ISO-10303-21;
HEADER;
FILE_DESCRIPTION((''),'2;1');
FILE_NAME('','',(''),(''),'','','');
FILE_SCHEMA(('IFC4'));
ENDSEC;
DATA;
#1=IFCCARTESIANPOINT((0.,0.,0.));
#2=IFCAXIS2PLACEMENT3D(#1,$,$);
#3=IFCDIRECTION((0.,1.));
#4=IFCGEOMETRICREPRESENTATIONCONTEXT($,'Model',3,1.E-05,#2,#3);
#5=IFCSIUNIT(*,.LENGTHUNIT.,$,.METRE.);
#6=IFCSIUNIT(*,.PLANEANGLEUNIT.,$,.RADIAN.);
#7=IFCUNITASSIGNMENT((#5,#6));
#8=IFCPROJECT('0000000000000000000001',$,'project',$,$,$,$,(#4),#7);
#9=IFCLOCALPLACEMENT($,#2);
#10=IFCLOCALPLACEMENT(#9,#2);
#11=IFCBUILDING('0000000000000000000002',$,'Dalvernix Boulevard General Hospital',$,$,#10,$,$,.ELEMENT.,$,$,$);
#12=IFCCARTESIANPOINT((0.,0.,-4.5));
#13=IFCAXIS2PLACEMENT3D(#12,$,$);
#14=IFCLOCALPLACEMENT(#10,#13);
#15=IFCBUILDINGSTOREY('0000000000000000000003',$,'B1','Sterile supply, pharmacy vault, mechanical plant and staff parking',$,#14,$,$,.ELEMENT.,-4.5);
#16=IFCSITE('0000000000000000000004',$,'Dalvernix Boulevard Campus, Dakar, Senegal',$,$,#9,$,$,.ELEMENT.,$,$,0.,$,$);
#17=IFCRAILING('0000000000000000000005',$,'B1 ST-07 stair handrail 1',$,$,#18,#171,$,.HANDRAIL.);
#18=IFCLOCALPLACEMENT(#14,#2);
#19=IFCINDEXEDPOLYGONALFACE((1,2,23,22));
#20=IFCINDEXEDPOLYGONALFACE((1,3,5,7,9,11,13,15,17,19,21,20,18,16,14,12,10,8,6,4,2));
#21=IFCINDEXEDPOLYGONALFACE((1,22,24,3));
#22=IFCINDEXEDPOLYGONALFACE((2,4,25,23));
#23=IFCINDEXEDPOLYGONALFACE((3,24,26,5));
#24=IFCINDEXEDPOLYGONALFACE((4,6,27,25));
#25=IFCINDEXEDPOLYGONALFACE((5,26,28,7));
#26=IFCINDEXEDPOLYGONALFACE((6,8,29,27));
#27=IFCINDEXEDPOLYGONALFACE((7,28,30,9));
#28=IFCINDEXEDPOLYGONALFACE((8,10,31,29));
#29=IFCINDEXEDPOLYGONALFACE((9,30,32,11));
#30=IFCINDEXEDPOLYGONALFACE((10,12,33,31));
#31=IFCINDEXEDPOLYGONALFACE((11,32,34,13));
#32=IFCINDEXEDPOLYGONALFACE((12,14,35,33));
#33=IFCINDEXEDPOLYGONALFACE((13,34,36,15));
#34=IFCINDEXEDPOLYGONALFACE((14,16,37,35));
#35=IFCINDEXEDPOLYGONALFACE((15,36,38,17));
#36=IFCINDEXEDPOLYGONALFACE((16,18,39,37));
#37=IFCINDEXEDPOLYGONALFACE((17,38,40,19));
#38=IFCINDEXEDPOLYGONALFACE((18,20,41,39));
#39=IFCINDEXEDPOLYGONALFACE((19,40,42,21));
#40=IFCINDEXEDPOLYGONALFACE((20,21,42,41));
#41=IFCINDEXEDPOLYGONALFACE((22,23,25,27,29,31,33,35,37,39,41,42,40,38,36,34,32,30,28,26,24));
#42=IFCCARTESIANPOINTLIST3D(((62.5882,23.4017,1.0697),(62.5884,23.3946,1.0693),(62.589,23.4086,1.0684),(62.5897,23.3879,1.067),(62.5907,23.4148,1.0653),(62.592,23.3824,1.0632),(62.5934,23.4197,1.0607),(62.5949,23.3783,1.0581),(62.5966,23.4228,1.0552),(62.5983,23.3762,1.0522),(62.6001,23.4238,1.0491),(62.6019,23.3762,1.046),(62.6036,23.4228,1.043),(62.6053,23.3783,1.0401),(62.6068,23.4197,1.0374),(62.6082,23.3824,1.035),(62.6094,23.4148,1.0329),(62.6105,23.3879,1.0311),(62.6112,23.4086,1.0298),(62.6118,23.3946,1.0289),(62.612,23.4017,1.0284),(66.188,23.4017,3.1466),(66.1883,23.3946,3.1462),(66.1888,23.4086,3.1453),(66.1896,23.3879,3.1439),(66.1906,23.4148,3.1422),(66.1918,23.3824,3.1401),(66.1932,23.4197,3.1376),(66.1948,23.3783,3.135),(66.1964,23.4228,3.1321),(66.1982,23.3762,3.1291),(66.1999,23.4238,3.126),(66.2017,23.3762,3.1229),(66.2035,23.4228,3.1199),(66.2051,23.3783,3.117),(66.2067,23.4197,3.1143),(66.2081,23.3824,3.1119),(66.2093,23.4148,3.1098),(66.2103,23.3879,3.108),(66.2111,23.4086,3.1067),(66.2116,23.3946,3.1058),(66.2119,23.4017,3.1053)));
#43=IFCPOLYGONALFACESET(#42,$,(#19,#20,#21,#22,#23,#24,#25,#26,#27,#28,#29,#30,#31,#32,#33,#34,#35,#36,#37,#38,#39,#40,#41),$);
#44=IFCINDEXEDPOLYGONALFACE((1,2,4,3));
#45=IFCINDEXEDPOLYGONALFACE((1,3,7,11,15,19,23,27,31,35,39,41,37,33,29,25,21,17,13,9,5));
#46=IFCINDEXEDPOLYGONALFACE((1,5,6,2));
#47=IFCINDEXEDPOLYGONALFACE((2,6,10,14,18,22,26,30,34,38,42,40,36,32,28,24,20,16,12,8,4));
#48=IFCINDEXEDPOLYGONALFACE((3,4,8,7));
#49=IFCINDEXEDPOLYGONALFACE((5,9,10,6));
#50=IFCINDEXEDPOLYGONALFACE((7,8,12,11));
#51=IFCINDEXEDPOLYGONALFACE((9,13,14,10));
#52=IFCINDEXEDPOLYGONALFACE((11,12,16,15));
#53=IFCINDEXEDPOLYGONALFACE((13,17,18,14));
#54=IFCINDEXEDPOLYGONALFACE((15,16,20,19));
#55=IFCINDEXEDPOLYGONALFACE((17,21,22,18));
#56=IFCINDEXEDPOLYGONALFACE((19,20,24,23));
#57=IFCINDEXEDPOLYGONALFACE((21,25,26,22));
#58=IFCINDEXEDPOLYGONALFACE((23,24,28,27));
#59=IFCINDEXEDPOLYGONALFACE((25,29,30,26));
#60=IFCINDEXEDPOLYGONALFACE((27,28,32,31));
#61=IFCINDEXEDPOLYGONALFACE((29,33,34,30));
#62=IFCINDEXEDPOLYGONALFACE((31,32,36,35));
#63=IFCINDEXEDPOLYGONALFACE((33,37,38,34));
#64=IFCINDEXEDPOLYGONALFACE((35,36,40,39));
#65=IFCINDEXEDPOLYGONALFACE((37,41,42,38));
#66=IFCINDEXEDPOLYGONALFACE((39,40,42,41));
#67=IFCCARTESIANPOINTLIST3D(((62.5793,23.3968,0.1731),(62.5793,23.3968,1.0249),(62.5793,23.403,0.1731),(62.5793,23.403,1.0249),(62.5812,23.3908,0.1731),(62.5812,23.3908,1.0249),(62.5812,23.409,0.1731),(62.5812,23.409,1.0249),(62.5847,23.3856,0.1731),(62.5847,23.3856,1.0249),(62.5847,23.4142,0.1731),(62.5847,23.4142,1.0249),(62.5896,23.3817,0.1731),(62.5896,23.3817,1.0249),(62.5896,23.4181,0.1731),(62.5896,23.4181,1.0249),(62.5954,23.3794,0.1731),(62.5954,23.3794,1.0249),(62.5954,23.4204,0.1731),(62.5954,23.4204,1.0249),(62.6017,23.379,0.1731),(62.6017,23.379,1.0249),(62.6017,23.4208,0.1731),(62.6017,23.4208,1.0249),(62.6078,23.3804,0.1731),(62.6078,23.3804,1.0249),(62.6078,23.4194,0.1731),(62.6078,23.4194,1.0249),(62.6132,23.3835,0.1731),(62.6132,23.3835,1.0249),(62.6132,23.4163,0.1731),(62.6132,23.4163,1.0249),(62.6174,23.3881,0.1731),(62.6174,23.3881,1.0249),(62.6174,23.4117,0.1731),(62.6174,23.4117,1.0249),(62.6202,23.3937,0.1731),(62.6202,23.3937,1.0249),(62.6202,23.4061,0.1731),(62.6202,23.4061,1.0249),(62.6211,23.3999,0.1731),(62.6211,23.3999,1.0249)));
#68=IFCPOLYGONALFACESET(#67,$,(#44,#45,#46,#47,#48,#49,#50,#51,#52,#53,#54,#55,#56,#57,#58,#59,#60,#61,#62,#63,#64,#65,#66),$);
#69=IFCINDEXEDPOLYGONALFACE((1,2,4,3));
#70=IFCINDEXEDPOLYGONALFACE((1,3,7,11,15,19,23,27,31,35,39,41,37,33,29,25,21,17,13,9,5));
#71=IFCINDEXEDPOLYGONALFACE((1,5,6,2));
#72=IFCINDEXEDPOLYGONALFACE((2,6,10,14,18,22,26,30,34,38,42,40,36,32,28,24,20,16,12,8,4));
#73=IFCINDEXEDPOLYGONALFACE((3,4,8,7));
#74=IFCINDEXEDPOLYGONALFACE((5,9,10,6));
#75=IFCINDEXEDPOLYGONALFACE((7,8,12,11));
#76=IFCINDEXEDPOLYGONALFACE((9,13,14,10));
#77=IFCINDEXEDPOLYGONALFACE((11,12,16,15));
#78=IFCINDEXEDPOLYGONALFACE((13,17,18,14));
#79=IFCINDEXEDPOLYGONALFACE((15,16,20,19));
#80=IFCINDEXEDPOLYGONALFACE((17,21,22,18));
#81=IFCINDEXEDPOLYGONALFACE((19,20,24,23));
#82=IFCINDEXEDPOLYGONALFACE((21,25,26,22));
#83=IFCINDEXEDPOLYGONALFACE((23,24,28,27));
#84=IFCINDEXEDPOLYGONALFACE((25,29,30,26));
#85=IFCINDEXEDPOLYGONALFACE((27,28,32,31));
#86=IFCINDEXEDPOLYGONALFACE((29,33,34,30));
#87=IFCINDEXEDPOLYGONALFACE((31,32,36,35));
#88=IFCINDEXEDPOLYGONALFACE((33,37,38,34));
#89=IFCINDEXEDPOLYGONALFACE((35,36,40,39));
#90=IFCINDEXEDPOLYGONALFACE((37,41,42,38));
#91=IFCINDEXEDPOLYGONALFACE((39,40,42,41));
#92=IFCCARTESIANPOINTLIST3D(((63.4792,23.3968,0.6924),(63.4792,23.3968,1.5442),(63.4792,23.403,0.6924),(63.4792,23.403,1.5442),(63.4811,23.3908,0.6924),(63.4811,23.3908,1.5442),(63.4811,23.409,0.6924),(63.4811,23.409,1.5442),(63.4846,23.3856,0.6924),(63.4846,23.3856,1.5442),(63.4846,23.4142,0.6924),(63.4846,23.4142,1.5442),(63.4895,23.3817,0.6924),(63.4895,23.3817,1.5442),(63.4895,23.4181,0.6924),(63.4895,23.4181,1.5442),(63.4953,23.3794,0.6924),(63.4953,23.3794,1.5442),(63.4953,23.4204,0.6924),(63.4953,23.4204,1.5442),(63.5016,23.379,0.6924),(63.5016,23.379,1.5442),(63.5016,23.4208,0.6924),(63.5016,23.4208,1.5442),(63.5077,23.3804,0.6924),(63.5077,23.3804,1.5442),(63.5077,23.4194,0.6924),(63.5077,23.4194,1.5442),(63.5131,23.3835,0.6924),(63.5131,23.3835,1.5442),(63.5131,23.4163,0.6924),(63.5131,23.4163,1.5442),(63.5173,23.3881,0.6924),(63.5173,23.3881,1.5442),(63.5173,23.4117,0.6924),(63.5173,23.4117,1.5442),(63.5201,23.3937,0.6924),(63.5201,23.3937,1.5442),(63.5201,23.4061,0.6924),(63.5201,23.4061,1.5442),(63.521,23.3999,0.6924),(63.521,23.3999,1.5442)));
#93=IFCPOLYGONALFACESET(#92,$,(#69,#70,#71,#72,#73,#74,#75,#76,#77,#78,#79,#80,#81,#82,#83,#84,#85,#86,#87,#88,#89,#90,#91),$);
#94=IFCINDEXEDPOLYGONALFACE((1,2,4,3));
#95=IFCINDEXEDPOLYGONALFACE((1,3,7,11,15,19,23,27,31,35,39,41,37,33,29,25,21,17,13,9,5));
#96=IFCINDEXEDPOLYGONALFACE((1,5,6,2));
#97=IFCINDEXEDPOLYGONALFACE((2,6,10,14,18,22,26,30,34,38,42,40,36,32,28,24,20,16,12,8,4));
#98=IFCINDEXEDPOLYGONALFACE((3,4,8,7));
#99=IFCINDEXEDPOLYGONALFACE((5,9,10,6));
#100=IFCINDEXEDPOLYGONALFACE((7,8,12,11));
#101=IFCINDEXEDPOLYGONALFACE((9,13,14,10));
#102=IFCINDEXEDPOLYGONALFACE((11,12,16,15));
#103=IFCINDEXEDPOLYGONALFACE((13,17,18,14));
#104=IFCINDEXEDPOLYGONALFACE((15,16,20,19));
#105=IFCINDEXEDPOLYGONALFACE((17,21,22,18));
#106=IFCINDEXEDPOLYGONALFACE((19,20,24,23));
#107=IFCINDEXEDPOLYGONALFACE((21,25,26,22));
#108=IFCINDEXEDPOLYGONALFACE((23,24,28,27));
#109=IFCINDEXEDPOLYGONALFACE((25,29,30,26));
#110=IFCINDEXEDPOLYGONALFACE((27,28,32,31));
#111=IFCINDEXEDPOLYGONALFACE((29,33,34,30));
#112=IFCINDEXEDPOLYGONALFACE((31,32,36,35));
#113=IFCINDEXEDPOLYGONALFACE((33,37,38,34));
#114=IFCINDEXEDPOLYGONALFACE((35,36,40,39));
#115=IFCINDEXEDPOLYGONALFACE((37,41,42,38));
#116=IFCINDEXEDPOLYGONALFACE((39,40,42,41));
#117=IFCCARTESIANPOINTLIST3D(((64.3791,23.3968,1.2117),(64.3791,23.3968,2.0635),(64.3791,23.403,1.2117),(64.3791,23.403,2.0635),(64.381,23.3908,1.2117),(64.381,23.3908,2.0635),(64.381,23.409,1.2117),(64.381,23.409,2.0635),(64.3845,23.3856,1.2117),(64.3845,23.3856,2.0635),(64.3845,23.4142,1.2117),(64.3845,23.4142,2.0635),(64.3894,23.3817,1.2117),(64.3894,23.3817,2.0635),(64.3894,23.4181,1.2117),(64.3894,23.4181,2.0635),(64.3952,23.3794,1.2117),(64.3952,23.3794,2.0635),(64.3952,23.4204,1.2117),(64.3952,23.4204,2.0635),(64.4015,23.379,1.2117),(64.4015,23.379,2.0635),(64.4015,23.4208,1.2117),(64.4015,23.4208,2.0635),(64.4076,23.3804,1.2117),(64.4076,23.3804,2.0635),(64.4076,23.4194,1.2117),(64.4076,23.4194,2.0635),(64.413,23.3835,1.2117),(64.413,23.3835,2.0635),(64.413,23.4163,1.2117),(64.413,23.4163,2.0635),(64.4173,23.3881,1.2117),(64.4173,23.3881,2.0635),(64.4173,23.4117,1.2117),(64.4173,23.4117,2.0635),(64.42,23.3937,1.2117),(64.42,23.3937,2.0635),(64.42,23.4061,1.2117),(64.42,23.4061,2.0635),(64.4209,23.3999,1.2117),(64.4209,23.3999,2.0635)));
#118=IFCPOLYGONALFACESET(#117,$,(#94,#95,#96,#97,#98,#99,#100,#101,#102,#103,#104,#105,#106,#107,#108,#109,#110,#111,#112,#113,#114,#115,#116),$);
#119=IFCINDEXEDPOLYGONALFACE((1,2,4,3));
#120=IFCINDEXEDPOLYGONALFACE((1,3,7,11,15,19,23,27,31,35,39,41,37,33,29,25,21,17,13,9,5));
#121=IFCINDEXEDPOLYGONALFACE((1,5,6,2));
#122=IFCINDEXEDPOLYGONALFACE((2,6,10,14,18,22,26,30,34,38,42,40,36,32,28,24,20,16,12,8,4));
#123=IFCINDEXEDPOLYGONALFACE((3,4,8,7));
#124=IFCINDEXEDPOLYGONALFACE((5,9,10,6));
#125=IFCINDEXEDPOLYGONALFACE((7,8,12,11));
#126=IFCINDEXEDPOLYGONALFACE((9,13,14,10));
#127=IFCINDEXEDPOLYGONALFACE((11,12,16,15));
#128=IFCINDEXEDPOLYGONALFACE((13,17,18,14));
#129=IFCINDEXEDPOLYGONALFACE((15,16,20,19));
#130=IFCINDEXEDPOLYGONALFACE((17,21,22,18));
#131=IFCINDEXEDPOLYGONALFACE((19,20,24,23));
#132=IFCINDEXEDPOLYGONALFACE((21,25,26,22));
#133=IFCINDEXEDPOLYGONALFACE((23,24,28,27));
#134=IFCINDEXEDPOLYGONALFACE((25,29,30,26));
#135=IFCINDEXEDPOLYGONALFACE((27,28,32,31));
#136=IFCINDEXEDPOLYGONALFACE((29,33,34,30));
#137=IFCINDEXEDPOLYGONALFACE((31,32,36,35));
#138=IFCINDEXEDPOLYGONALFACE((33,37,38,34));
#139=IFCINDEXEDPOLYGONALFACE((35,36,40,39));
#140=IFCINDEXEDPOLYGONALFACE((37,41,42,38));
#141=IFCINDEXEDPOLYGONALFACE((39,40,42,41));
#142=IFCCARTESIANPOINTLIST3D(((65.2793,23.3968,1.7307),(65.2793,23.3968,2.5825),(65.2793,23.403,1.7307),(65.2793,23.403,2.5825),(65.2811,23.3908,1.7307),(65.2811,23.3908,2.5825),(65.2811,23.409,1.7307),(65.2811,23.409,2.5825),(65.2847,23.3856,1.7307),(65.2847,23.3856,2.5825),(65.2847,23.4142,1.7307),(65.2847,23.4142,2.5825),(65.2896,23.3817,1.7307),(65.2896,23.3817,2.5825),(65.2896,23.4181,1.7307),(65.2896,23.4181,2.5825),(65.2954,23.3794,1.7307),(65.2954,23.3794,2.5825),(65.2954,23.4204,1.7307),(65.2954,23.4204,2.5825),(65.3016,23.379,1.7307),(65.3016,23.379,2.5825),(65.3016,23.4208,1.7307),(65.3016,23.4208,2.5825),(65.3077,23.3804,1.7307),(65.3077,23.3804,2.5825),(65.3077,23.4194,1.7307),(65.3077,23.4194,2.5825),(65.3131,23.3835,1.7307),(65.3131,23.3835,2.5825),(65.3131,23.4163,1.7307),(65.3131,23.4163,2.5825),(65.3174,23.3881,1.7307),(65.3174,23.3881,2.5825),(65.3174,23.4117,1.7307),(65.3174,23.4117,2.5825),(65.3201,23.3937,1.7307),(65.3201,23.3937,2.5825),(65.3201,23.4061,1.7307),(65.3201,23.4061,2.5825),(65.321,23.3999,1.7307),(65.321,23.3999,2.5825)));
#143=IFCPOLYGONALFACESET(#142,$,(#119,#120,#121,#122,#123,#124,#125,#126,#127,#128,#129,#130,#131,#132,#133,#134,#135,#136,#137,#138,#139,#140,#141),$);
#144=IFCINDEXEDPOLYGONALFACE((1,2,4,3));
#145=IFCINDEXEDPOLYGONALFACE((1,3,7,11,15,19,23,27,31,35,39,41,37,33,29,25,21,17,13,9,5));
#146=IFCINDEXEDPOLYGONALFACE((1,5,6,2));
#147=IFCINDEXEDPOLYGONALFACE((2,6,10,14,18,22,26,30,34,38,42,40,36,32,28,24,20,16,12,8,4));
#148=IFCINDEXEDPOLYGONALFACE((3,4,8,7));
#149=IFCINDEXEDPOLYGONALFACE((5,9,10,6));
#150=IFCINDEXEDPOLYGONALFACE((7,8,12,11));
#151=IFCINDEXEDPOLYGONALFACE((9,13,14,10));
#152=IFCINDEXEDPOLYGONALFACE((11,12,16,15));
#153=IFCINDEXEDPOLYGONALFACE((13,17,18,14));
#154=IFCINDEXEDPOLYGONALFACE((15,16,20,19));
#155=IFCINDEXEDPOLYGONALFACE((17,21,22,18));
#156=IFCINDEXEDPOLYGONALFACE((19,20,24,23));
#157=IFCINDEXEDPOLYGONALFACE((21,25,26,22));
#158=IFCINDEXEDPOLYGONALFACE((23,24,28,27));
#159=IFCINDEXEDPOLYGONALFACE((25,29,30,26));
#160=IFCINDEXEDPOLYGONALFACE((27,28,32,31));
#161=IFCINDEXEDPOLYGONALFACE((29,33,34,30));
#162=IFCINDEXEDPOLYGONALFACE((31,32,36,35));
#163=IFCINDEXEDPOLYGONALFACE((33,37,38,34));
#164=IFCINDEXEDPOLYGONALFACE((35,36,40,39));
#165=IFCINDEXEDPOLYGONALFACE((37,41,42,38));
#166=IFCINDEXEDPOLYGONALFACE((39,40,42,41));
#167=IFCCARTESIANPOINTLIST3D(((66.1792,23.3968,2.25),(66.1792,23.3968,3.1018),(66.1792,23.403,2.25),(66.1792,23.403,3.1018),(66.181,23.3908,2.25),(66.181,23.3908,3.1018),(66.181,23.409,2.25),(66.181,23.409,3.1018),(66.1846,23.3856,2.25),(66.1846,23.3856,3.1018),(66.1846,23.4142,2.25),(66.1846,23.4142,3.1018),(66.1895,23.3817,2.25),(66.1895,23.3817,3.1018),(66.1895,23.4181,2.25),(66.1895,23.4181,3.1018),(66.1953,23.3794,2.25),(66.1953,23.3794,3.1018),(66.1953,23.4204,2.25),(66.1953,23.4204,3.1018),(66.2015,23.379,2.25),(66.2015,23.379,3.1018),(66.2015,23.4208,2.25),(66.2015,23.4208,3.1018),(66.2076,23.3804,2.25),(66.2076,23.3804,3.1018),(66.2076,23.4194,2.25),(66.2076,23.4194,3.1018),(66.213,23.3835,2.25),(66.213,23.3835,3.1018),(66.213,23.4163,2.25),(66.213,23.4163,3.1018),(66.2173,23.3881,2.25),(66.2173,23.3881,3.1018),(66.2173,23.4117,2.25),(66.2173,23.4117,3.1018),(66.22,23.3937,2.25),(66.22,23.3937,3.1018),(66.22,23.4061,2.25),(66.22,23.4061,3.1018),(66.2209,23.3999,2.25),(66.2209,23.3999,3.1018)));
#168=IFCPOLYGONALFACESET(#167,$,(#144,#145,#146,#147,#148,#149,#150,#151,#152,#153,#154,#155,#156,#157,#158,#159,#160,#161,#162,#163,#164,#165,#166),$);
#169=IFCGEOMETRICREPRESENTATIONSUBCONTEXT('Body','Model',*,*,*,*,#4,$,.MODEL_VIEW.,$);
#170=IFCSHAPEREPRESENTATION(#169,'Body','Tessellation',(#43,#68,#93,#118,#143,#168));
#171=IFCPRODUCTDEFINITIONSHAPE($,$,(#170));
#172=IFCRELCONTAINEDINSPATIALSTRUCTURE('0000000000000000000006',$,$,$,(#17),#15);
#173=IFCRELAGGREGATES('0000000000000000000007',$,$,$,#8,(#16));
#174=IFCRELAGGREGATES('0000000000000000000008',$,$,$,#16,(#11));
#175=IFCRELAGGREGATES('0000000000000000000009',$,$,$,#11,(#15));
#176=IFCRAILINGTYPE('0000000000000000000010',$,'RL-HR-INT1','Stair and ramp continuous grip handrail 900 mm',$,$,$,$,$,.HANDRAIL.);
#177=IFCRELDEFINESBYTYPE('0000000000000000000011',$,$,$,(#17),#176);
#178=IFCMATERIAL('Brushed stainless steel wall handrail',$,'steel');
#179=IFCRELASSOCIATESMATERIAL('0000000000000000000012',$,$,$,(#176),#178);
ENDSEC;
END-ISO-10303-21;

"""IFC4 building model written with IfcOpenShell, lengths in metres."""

from ifc_helpers import new_model, si_unit, direction, frame, origin, origin_2d, place, context, subcontext, project, spatial, circle, extrude, material, type_object, element, save


model = new_model("IFC4")

# Units and contexts
model_context = context("Model", 3, precision=1e-05, world=origin(), true_north=direction((0.0, 1.0)))
body_context = subcontext(model_context, "Body", "Model", "MODEL_VIEW")
ifc_project = project(units=[si_unit("LENGTHUNIT", "METRE"), si_unit("PLANEANGLEUNIT", "RADIAN")], contexts=[model_context])

# Site, building, storey
site_placement = place(None, origin())
site = spatial("IfcSite", under=ifc_project, at=site_placement, Name="Dalvernix Boulevard Campus, Dakar, Senegal", CompositionType="ELEMENT", RefElevation=0.0)
building_placement = place(site_placement, origin())
building = spatial("IfcBuilding", under=site, at=building_placement, Name="Dalvernix Boulevard General Hospital", CompositionType="ELEMENT")
storey_placement = place(building_placement, frame((0.0, 0.0, -4.5)))
storey = spatial("IfcBuildingStorey", under=building, at=storey_placement, Name="B1", Description="Sterile supply, pharmacy vault, mechanical plant and staff parking", CompositionType="ELEMENT", Elevation=-4.5)

# Railing
ifc_material_1 = material(Name="Brushed stainless steel wall handrail", Category="steel")
railing_type_1 = type_object("IfcRailingType", Name="RL-HR-INT1", Description="Stair and ramp continuous grip handrail 900 mm", PredefinedType="HANDRAIL", material=ifc_material_1)
railing_1_placement = place(storey_placement, frame((62.6001, 23.3999, 0.1731)))
element("IfcRailing", 1, at=railing_1_placement, inside=storey, type_object=railing_type_1, Name="B1 ST-07 stair handrail 1", PredefinedType="HANDRAIL", context=body_context, shape_type="SweptSolid", body=[
    extrude(circle(Radius=0.0239, at=origin_2d()), frame((0.0, 0.0, 0.876), z_axis=(0.866179, 0.0, 0.499734), x_axis=(0.0, 1.0, 0.0)), (0.0, 0.0, 1.0), 4.156),
    extrude(circle(Radius=0.021, at=origin_2d()), origin(), (0.0, 0.0, 1.0), 0.8518),
    extrude(circle(Radius=0.021, at=origin_2d()), frame((0.8999, 0.0, 0.5193)), (0.0, 0.0, 1.0), 0.8518),
    extrude(circle(Radius=0.021, at=origin_2d()), frame((1.7998, 0.0, 1.0386)), (0.0, 0.0, 1.0), 0.8518),
    extrude(circle(Radius=0.021, at=origin_2d()), frame((2.7, 0.0, 1.5576)), (0.0, 0.0, 1.0), 0.8518),
    extrude(circle(Radius=0.021, at=origin_2d()), frame((3.5999, 0.0, 2.0769)), (0.0, 0.0, 1.0), 0.8518),
])

save(model, "model.ifc")
